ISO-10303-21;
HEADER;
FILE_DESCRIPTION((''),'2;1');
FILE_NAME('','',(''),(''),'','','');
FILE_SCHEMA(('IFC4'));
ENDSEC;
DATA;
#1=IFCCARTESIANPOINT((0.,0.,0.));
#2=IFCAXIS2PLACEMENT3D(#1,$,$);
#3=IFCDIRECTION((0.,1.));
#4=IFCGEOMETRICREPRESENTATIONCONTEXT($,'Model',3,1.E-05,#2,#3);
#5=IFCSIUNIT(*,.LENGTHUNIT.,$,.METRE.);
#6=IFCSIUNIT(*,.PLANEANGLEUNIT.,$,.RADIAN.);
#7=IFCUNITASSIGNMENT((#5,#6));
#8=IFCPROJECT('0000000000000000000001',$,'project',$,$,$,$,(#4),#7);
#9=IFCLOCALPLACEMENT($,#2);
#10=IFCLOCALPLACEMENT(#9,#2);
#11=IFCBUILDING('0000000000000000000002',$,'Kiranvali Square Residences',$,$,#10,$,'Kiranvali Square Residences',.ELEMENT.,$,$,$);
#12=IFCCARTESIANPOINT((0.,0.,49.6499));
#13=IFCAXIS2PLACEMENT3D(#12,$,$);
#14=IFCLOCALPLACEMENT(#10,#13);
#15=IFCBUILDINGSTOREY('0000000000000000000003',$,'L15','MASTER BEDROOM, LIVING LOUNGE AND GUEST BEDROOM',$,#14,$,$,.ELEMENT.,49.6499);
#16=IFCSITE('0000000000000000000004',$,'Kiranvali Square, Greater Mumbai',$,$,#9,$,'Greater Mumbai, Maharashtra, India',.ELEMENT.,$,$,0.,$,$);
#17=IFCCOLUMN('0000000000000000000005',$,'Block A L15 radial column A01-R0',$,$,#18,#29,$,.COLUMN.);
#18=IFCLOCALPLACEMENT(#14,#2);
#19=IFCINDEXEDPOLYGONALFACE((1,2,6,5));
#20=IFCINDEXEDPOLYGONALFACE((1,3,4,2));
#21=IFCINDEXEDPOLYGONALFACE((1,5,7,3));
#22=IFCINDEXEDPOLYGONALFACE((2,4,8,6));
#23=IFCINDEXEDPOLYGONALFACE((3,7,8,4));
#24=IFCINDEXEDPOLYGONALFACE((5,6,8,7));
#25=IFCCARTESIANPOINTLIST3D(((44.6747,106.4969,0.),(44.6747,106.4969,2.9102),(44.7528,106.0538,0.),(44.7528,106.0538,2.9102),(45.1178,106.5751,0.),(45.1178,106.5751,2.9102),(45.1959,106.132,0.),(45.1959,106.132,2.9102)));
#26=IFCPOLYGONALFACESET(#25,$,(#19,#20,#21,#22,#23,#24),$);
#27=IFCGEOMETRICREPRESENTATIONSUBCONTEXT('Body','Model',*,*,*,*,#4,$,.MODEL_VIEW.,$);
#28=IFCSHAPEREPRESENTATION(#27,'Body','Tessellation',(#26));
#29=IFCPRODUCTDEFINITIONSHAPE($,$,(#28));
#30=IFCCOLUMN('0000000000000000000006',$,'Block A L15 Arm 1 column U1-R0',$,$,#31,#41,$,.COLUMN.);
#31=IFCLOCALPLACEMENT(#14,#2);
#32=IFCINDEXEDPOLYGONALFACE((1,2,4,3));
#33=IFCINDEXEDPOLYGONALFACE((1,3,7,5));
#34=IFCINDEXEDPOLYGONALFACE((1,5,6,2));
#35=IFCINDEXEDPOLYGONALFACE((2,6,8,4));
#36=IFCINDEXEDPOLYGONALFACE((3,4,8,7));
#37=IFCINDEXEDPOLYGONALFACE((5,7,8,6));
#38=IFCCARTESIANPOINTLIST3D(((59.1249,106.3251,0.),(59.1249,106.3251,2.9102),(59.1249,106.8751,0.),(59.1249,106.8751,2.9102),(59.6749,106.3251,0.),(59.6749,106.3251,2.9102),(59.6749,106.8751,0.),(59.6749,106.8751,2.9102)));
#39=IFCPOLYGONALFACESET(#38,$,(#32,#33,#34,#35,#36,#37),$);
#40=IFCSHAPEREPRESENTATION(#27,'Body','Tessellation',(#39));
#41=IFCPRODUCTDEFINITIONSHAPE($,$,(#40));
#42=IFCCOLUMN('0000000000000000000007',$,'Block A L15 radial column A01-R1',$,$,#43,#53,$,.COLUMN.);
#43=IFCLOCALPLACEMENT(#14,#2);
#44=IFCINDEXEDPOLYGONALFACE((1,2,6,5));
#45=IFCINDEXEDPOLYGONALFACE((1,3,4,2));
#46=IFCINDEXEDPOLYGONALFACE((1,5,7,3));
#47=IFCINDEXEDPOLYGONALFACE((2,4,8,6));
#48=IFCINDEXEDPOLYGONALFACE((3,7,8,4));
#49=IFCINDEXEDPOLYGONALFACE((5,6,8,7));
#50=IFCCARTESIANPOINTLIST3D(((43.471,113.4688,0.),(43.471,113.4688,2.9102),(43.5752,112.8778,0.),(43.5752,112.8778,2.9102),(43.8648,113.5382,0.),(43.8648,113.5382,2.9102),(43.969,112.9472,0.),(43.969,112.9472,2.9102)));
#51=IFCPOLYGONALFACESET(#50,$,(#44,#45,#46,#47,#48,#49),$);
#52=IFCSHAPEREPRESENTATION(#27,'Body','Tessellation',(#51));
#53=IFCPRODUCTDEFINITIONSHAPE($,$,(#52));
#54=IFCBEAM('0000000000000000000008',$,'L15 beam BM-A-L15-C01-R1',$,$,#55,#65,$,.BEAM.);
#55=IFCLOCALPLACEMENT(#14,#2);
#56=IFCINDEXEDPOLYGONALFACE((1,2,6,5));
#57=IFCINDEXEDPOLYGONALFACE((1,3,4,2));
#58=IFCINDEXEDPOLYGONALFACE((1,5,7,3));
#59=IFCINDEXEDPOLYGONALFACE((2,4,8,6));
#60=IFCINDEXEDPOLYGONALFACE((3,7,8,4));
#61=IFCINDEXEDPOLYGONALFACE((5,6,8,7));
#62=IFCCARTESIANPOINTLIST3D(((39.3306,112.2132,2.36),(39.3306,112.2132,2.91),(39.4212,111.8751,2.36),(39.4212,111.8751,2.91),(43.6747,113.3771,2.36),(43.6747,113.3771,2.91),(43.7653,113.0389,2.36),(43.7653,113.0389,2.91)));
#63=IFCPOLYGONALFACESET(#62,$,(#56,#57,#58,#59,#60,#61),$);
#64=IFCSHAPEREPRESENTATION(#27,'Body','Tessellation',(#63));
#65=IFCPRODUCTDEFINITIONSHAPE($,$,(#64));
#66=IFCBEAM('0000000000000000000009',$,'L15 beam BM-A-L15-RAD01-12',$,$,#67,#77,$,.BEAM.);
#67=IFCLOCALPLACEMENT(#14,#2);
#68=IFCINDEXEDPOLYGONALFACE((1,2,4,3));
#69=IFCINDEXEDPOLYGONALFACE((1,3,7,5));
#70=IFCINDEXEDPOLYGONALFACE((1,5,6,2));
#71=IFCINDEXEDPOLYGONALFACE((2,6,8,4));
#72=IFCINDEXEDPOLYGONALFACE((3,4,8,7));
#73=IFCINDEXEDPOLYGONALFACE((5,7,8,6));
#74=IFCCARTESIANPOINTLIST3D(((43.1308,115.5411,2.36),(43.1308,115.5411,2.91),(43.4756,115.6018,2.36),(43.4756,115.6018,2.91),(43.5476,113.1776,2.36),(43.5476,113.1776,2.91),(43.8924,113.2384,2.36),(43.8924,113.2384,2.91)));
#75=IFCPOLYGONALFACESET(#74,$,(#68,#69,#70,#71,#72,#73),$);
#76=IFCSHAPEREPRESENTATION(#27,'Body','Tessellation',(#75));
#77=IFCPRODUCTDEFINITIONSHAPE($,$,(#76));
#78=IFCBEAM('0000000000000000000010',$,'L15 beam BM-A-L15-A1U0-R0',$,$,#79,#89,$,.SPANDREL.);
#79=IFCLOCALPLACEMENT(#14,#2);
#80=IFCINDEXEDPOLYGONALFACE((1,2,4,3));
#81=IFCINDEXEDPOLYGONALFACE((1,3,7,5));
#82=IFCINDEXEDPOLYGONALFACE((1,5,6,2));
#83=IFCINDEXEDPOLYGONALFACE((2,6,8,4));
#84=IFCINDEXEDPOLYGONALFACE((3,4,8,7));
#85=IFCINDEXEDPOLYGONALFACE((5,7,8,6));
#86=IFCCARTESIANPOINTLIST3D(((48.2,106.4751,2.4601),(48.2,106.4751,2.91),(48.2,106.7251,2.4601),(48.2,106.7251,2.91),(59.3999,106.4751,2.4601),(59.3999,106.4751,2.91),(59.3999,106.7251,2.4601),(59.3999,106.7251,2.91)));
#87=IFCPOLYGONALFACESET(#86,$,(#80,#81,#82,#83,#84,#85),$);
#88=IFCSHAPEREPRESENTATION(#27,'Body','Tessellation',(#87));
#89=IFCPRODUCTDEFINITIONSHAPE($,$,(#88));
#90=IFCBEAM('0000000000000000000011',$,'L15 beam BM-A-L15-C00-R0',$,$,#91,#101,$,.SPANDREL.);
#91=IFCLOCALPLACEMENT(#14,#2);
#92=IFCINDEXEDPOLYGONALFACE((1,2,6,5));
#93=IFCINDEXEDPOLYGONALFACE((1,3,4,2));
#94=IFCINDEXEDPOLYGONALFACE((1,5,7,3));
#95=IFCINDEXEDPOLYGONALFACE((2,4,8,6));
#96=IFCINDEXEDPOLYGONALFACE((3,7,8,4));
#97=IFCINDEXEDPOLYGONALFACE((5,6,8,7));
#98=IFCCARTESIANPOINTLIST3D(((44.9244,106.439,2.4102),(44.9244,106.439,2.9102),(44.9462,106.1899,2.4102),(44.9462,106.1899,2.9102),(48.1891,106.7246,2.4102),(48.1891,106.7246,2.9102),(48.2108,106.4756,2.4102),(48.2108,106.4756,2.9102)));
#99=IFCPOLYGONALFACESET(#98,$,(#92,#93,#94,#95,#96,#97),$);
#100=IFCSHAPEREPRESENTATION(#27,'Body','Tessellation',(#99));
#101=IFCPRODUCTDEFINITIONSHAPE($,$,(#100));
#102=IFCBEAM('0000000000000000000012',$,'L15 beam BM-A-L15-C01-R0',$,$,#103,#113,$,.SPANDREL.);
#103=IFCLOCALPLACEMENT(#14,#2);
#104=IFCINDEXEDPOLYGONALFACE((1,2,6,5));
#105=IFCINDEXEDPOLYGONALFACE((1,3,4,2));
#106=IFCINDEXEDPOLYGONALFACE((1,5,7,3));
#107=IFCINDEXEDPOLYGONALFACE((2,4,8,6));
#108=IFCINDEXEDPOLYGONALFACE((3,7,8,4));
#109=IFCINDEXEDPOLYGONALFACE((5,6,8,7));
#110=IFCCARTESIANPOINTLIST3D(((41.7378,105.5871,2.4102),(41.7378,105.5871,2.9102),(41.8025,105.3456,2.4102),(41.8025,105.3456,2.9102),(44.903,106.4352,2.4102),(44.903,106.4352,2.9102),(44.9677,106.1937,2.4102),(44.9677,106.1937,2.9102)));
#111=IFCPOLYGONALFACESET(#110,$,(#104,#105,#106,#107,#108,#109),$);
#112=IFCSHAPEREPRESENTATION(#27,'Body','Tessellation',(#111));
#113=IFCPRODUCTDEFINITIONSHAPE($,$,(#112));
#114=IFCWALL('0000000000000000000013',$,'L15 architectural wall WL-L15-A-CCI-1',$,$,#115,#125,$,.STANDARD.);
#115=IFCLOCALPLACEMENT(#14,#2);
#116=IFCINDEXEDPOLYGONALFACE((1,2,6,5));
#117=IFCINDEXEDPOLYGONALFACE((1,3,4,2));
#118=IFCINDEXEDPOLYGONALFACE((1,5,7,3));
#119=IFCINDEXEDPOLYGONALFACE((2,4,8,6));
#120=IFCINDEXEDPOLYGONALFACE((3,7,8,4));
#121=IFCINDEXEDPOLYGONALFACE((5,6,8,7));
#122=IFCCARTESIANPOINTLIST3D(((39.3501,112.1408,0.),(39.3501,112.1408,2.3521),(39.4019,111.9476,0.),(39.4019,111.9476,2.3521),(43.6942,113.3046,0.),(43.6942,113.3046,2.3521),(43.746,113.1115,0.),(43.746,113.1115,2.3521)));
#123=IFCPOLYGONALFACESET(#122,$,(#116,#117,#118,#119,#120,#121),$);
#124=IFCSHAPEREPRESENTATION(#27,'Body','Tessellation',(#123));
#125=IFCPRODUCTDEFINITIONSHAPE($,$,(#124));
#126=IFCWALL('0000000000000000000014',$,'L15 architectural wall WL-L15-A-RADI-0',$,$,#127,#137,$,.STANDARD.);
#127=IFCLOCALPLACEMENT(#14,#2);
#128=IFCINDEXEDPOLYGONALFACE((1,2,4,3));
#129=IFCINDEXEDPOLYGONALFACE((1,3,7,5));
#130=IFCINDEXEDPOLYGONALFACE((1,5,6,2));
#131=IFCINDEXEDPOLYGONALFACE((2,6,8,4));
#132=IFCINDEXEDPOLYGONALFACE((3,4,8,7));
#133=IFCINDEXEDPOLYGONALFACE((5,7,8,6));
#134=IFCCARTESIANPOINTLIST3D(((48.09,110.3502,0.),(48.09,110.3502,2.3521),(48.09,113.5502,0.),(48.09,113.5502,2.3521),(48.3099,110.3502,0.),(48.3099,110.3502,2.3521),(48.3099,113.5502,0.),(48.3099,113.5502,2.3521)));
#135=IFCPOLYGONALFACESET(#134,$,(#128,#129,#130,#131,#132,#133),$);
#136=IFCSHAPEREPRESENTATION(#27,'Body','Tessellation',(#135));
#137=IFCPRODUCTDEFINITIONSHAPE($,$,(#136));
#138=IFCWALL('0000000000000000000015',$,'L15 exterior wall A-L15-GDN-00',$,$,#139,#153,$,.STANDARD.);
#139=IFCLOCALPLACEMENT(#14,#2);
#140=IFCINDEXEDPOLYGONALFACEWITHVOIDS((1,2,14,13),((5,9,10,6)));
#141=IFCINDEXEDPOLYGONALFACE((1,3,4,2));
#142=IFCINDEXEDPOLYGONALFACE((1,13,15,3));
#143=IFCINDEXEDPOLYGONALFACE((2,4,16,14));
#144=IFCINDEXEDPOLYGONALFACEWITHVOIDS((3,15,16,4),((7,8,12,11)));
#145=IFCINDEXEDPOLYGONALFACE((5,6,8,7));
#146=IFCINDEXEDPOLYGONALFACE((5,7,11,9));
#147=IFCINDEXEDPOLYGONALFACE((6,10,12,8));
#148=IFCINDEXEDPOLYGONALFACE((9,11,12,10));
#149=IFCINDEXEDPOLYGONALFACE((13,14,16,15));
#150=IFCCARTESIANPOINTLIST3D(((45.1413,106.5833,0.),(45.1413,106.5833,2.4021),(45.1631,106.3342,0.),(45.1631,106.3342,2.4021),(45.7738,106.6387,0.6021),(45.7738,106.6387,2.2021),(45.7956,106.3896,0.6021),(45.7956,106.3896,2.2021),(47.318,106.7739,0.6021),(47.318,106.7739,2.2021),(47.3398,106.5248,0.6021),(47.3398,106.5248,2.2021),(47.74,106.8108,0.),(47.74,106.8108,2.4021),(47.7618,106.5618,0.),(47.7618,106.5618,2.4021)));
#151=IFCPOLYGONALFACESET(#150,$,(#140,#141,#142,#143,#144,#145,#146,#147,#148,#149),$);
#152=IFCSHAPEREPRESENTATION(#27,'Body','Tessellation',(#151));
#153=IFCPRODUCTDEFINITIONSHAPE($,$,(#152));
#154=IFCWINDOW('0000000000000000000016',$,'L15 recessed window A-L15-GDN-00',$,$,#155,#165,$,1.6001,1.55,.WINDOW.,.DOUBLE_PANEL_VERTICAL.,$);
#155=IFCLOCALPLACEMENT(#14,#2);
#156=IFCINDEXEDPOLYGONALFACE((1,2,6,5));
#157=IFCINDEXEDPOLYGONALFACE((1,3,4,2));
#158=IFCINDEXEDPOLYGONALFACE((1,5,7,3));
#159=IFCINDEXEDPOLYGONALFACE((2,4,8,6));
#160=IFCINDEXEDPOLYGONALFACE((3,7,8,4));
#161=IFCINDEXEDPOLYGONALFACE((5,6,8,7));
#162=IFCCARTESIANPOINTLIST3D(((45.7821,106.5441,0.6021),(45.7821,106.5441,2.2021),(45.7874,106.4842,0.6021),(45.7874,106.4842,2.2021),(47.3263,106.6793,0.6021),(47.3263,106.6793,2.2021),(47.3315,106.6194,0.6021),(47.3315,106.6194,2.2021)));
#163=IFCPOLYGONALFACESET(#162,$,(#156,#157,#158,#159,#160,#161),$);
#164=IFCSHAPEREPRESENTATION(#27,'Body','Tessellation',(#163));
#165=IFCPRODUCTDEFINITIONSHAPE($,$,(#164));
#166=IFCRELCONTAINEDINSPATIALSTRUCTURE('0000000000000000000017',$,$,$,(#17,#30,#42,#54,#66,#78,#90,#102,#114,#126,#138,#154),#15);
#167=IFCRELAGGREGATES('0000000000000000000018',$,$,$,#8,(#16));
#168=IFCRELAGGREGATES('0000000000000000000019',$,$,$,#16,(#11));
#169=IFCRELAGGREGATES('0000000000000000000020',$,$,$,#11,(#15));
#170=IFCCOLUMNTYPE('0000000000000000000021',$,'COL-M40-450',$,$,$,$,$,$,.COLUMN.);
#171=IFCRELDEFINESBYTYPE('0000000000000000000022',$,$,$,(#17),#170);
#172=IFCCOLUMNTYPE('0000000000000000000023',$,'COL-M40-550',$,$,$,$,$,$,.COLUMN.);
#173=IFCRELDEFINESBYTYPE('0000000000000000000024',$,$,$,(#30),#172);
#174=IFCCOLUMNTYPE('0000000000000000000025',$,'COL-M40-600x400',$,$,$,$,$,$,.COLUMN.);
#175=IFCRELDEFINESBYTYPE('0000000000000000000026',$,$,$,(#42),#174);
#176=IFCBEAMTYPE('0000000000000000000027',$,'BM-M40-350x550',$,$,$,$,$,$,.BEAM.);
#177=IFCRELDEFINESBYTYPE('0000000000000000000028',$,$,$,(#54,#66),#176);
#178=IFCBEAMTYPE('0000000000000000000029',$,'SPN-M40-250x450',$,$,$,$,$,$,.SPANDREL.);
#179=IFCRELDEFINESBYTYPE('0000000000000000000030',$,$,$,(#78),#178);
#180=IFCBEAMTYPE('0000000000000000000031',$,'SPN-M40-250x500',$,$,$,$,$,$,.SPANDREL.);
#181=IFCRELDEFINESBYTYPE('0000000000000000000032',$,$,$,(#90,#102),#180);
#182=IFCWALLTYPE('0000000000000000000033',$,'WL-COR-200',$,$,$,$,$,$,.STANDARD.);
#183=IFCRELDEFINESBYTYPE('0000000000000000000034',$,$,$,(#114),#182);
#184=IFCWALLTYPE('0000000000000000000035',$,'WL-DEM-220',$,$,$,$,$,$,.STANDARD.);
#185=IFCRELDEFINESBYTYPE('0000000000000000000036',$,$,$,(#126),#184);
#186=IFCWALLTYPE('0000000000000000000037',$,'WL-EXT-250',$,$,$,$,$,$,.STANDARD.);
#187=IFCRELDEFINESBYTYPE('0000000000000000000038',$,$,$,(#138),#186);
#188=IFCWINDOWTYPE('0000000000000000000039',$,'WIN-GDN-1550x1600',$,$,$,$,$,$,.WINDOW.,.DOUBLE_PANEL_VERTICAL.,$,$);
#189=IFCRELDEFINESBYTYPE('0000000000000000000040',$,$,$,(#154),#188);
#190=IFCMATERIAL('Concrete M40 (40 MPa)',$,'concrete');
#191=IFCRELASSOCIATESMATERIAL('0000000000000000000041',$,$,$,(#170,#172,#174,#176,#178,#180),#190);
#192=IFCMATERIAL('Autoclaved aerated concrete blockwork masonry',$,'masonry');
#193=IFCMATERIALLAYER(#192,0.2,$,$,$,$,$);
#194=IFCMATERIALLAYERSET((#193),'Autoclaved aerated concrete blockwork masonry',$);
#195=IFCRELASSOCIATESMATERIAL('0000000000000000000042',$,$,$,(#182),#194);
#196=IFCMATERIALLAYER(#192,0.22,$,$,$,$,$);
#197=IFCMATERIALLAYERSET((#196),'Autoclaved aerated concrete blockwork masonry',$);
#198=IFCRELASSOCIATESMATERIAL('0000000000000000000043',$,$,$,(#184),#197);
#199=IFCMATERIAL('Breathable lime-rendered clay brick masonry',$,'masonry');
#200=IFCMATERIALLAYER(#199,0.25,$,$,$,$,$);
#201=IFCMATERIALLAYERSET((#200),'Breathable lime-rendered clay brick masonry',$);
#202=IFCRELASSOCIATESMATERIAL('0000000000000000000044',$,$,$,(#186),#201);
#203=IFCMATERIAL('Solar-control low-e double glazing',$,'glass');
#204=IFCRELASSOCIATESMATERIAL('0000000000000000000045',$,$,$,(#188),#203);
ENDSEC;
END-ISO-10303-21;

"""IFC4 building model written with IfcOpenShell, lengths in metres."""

from ifc_helpers import new_model, si_unit, direction, frame, frame_2d, origin, origin_2d, place, context, subcontext, project, spatial, rectangle, extrude, material, layer, layer_set, material_profile, profile_set, type_object, element, fill, save


model = new_model("IFC4")

# Units and contexts
model_context = context("Model", 3, precision=1e-05, world=origin(), true_north=direction((0.0, 1.0)))
body_context = subcontext(model_context, "Body", "Model", "MODEL_VIEW")
ifc_project = project(units=[si_unit("LENGTHUNIT", "METRE"), si_unit("PLANEANGLEUNIT", "RADIAN")], contexts=[model_context])

# Site, building, storey
site_placement = place(None, origin())
site = spatial("IfcSite", under=ifc_project, at=site_placement, Name="Kiranvali Square, Greater Mumbai", LongName="Greater Mumbai, Maharashtra, India", CompositionType="ELEMENT", RefElevation=0.0)
building_placement = place(site_placement, origin())
building = spatial("IfcBuilding", under=site, at=building_placement, Name="Kiranvali Square Residences", LongName="Kiranvali Square Residences", CompositionType="ELEMENT")
storey_placement = place(building_placement, frame((0.0, 0.0, 49.6499)))
storey = spatial("IfcBuildingStorey", under=building, at=storey_placement, Name="L15", Description="MASTER BEDROOM, LIVING LOUNGE AND GUEST BEDROOM", CompositionType="ELEMENT", Elevation=49.6499)

# Columns
ifc_material_1 = material(Name="Concrete M40 (40 MPa)", Category="concrete")
ifc_material_profile_1 = material_profile(ifc_material_1, rectangle(XDim=0.45, YDim=0.45, at=origin_2d()), Name="RC 450x450")
ifc_profile_set_1 = profile_set([ifc_material_profile_1], Name="Concrete M40 (40 MPa)")
column_type_1 = type_object("IfcColumnType", Name="COL-M40-450", PredefinedType="COLUMN", material=ifc_profile_set_1)
column_1_placement = place(storey_placement, frame((44.9353, 106.3145, 0.0), z_axis=(0.0, 0.0, 1.0), x_axis=(0.984808, 0.173648, 0.0)))
element("IfcColumn", 1, at=column_1_placement, inside=storey, type_object=column_type_1, Name="Block A L15 radial column A01-R0", PredefinedType="COLUMN", context=body_context, shape_type="SweptSolid", body=[
    extrude(rectangle(XDim=0.45, YDim=0.45, at=origin_2d()), origin(), (0.0, 0.0, 1.0), 2.9102),
])
ifc_material_profile_2 = material_profile(ifc_material_1, rectangle(XDim=0.55, YDim=0.55, at=origin_2d()), Name="RC 550x550")
ifc_profile_set_2 = profile_set([ifc_material_profile_2], Name="Concrete M40 (40 MPa)")
column_type_2 = type_object("IfcColumnType", Name="COL-M40-550", PredefinedType="COLUMN", material=ifc_profile_set_2)
column_2_placement = place(storey_placement, frame((59.3999, 106.6001, 0.0), z_axis=(0.0, 0.0, 1.0), x_axis=(1.0, 0.0, 0.0)))
element("IfcColumn", 2, at=column_2_placement, inside=storey, type_object=column_type_2, Name="Block A L15 Arm 1 column U1-R0", PredefinedType="COLUMN", context=body_context, shape_type="SweptSolid", body=[
    extrude(rectangle(XDim=0.55, YDim=0.55, at=origin_2d()), origin(), (0.0, 0.0, 1.0), 2.9102),
])
ifc_material_profile_3 = material_profile(ifc_material_1, rectangle(XDim=0.3999, YDim=0.6001, at=origin_2d()), Name="RC 600x400")
ifc_profile_set_3 = profile_set([ifc_material_profile_3], Name="Concrete M40 (40 MPa)")
column_type_3 = type_object("IfcColumnType", Name="COL-M40-600x400", PredefinedType="COLUMN", material=ifc_profile_set_3)
column_3_placement = place(storey_placement, frame((43.72, 113.208, 0.0), z_axis=(0.0, 0.0, 1.0), x_axis=(0.984808, 0.173648, 0.0)))
element("IfcColumn", 3, at=column_3_placement, inside=storey, type_object=column_type_3, Name="Block A L15 radial column A01-R1", PredefinedType="COLUMN", context=body_context, shape_type="SweptSolid", body=[
    extrude(rectangle(XDim=0.3999, YDim=0.6001, at=origin_2d()), origin(), (0.0, 0.0, 1.0), 2.9102),
])

# Beams
ifc_material_profile_4 = material_profile(ifc_material_1, rectangle(XDim=0.3501, YDim=0.55, at=origin_2d()), Name="RC 350x550")
ifc_profile_set_4 = profile_set([ifc_material_profile_4], Name="Concrete M40 (40 MPa)")
beam_type_1 = type_object("IfcBeamType", Name="BM-M40-350x550", PredefinedType="BEAM", material=ifc_profile_set_4)
beam_1_placement = place(storey_placement, frame((43.72, 113.208, 2.635), z_axis=(-0.965934, -0.258788, 0.0), x_axis=(0.258788, -0.965934, 0.0)))
element("IfcBeam", 4, at=beam_1_placement, inside=storey, type_object=beam_type_1, Name="L15 beam BM-A-L15-C01-R1", PredefinedType="BEAM", context=body_context, shape_type="SweptSolid", body=[
    extrude(rectangle(XDim=0.3501, YDim=0.55, at=origin_2d()), origin(), (0.0, 0.0, 1.0), 4.4973),
])
beam_2_placement = place(storey_placement, frame((43.72, 113.208, 2.635), z_axis=(-0.173646, 0.984808, 0.0), x_axis=(-0.984808, -0.173646, 0.0)))
element("IfcBeam", 5, at=beam_2_placement, inside=storey, type_object=beam_type_1, Name="L15 beam BM-A-L15-RAD01-12", PredefinedType="BEAM", context=body_context, shape_type="SweptSolid", body=[
    extrude(rectangle(XDim=0.3501, YDim=0.55, at=origin_2d()), origin(), (0.0, 0.0, 1.0), 2.3999),
])
ifc_material_profile_5 = material_profile(ifc_material_1, rectangle(XDim=0.25, YDim=0.45, at=origin_2d()), Name="RC 250x450")
ifc_profile_set_5 = profile_set([ifc_material_profile_5], Name="Concrete M40 (40 MPa)")
beam_type_2 = type_object("IfcBeamType", Name="SPN-M40-250x450", PredefinedType="SPANDREL", material=ifc_profile_set_5)
beam_3_placement = place(storey_placement, frame((48.2, 106.6001, 2.6851), z_axis=(1.0, 0.0, 0.0), x_axis=(0.0, 1.0, 0.0)))
element("IfcBeam", 6, at=beam_3_placement, inside=storey, type_object=beam_type_2, Name="L15 beam BM-A-L15-A1U0-R0", PredefinedType="SPANDREL", context=body_context, shape_type="SweptSolid", body=[
    extrude(rectangle(XDim=0.25, YDim=0.45, at=origin_2d()), origin(), (0.0, 0.0, 1.0), 11.2),
])
ifc_material_profile_6 = material_profile(ifc_material_1, rectangle(XDim=0.25, YDim=0.5, at=origin_2d()), Name="RC 250x500")
ifc_profile_set_6 = profile_set([ifc_material_profile_6], Name="Concrete M40 (40 MPa)")
beam_type_3 = type_object("IfcBeamType", Name="SPN-M40-250x500", PredefinedType="SPANDREL", material=ifc_profile_set_6)
beam_4_placement = place(storey_placement, frame((48.2, 106.6001, 2.6602), z_axis=(-0.996194, -0.087163, 0.0), x_axis=(0.087163, -0.996194, 0.0)))
element("IfcBeam", 7, at=beam_4_placement, inside=storey, type_object=beam_type_3, Name="L15 beam BM-A-L15-C00-R0", PredefinedType="SPANDREL", context=body_context, shape_type="SweptSolid", body=[
    extrude(rectangle(XDim=0.25, YDim=0.5, at=origin_2d()), origin(), (0.0, 0.0, 1.0), 3.2771),
])
beam_5_placement = place(storey_placement, frame((44.9353, 106.3145, 2.6602), z_axis=(-0.965925, -0.258822, 0.0), x_axis=(0.258822, -0.965925, 0.0)))
element("IfcBeam", 8, at=beam_5_placement, inside=storey, type_object=beam_type_3, Name="L15 beam BM-A-L15-C01-R0", PredefinedType="SPANDREL", context=body_context, shape_type="SweptSolid", body=[
    extrude(rectangle(XDim=0.25, YDim=0.5, at=origin_2d()), origin(), (0.0, 0.0, 1.0), 3.2769),
])

# Walls
ifc_material_2 = material(Name="Autoclaved aerated concrete blockwork masonry", Category="masonry")
ifc_layer_1 = layer(ifc_material_2, 0.2)
ifc_layer_set_1 = layer_set([ifc_layer_1], Name="Autoclaved aerated concrete blockwork masonry")
wall_type_1 = type_object("IfcWallType", Name="WL-COR-200", PredefinedType="STANDARD", material=ifc_layer_set_1)
wall_1_placement = place(storey_placement, frame((43.72, 113.208, 0.0), z_axis=(0.0, 0.0, 1.0), x_axis=(-0.965934, -0.258788, 0.0)))
element("IfcWall", 9, at=wall_1_placement, inside=storey, type_object=wall_type_1, Name="L15 architectural wall WL-L15-A-CCI-1", PredefinedType="STANDARD", context=body_context, shape_type="SweptSolid", body=[
    extrude(rectangle(XDim=4.4973, YDim=0.2, at=frame_2d((2.2485, 0.0))), origin(), (0.0, 0.0, 1.0), 2.3521),
])
ifc_layer_2 = layer(ifc_material_2, 0.22)
ifc_layer_set_2 = layer_set([ifc_layer_2], Name="Autoclaved aerated concrete blockwork masonry")
wall_type_2 = type_object("IfcWallType", Name="WL-DEM-220", PredefinedType="STANDARD", material=ifc_layer_set_2)
wall_2_placement = place(storey_placement, frame((48.2, 110.3501, 0.0), z_axis=(0.0, 0.0, 1.0), x_axis=(0.0, 1.0, 0.0)))
element("IfcWall", 10, at=wall_2_placement, inside=storey, type_object=wall_type_2, Name="L15 architectural wall WL-L15-A-RADI-0", PredefinedType="STANDARD", context=body_context, shape_type="SweptSolid", body=[
    extrude(rectangle(XDim=3.2, YDim=0.22, at=frame_2d((1.6001, 0.0))), origin(), (0.0, 0.0, 1.0), 2.3521),
])

# Wall, opening, window
ifc_material_3 = material(Name="Breathable lime-rendered clay brick masonry", Category="masonry")
ifc_layer_3 = layer(ifc_material_3, 0.25)
ifc_layer_set_3 = layer_set([ifc_layer_3], Name="Breathable lime-rendered clay brick masonry")
wall_type_3 = type_object("IfcWallType", Name="WL-EXT-250", PredefinedType="STANDARD", material=ifc_layer_set_3)
wall_3_placement = place(storey_placement, frame((47.7507, 106.6863, 0.0), z_axis=(0.0, 0.0, 1.0), x_axis=(-0.996188, -0.087227, 0.0)))
wall_3 = element("IfcWall", 11, at=wall_3_placement, inside=storey, type_object=wall_type_3, Name="L15 exterior wall A-L15-GDN-00", PredefinedType="STANDARD", context=body_context, shape_type="SweptSolid", body=[
    extrude(rectangle(XDim=2.6086, YDim=0.25, at=frame_2d((1.3042, 0.0))), origin(), (0.0, 0.0, 1.0), 2.4021),
])
opening_1_placement = place(wall_3_placement, frame((0.4236, 0.0, 0.6021)))
opening_1 = element("IfcOpeningElement", 12, at=opening_1_placement, cuts=wall_3, PredefinedType="OPENING", context=body_context, shape_type="SweptSolid", body=[
    extrude(rectangle(XDim=1.55, YDim=1.6001, at=frame_2d((0.7749, 0.8))), frame((0.0, 0.135, 0.0), z_axis=(0.0, -1.0, 0.0), x_axis=(1.0, 0.0, 0.0)), (0.0, 0.0, 1.0), 0.27),
])
ifc_material_4 = material(Name="Solar-control low-e double glazing", Category="glass")
window_type_1 = type_object("IfcWindowType", Name="WIN-GDN-1550x1600", PartitioningType="DOUBLE_PANEL_VERTICAL", PredefinedType="WINDOW", material=ifc_material_4)
window_1_placement = place(opening_1_placement, origin())
window_1 = element("IfcWindow", 13, at=window_1_placement, inside=storey, type_object=window_type_1, Name="L15 recessed window A-L15-GDN-00", OverallHeight=1.6001, OverallWidth=1.55, PartitioningType="DOUBLE_PANEL_VERTICAL", PredefinedType="WINDOW", context=body_context, shape_type="SweptSolid", body=[
    extrude(rectangle(XDim=1.55, YDim=1.6001, at=frame_2d((0.7749, 0.8))), frame((0.0, 0.03, 0.0), z_axis=(0.0, -1.0, 0.0), x_axis=(1.0, 0.0, 0.0)), (0.0, 0.0, 1.0), 0.0601),
])
fill(opening_1, window_1)

save(model, "model.ifc")
